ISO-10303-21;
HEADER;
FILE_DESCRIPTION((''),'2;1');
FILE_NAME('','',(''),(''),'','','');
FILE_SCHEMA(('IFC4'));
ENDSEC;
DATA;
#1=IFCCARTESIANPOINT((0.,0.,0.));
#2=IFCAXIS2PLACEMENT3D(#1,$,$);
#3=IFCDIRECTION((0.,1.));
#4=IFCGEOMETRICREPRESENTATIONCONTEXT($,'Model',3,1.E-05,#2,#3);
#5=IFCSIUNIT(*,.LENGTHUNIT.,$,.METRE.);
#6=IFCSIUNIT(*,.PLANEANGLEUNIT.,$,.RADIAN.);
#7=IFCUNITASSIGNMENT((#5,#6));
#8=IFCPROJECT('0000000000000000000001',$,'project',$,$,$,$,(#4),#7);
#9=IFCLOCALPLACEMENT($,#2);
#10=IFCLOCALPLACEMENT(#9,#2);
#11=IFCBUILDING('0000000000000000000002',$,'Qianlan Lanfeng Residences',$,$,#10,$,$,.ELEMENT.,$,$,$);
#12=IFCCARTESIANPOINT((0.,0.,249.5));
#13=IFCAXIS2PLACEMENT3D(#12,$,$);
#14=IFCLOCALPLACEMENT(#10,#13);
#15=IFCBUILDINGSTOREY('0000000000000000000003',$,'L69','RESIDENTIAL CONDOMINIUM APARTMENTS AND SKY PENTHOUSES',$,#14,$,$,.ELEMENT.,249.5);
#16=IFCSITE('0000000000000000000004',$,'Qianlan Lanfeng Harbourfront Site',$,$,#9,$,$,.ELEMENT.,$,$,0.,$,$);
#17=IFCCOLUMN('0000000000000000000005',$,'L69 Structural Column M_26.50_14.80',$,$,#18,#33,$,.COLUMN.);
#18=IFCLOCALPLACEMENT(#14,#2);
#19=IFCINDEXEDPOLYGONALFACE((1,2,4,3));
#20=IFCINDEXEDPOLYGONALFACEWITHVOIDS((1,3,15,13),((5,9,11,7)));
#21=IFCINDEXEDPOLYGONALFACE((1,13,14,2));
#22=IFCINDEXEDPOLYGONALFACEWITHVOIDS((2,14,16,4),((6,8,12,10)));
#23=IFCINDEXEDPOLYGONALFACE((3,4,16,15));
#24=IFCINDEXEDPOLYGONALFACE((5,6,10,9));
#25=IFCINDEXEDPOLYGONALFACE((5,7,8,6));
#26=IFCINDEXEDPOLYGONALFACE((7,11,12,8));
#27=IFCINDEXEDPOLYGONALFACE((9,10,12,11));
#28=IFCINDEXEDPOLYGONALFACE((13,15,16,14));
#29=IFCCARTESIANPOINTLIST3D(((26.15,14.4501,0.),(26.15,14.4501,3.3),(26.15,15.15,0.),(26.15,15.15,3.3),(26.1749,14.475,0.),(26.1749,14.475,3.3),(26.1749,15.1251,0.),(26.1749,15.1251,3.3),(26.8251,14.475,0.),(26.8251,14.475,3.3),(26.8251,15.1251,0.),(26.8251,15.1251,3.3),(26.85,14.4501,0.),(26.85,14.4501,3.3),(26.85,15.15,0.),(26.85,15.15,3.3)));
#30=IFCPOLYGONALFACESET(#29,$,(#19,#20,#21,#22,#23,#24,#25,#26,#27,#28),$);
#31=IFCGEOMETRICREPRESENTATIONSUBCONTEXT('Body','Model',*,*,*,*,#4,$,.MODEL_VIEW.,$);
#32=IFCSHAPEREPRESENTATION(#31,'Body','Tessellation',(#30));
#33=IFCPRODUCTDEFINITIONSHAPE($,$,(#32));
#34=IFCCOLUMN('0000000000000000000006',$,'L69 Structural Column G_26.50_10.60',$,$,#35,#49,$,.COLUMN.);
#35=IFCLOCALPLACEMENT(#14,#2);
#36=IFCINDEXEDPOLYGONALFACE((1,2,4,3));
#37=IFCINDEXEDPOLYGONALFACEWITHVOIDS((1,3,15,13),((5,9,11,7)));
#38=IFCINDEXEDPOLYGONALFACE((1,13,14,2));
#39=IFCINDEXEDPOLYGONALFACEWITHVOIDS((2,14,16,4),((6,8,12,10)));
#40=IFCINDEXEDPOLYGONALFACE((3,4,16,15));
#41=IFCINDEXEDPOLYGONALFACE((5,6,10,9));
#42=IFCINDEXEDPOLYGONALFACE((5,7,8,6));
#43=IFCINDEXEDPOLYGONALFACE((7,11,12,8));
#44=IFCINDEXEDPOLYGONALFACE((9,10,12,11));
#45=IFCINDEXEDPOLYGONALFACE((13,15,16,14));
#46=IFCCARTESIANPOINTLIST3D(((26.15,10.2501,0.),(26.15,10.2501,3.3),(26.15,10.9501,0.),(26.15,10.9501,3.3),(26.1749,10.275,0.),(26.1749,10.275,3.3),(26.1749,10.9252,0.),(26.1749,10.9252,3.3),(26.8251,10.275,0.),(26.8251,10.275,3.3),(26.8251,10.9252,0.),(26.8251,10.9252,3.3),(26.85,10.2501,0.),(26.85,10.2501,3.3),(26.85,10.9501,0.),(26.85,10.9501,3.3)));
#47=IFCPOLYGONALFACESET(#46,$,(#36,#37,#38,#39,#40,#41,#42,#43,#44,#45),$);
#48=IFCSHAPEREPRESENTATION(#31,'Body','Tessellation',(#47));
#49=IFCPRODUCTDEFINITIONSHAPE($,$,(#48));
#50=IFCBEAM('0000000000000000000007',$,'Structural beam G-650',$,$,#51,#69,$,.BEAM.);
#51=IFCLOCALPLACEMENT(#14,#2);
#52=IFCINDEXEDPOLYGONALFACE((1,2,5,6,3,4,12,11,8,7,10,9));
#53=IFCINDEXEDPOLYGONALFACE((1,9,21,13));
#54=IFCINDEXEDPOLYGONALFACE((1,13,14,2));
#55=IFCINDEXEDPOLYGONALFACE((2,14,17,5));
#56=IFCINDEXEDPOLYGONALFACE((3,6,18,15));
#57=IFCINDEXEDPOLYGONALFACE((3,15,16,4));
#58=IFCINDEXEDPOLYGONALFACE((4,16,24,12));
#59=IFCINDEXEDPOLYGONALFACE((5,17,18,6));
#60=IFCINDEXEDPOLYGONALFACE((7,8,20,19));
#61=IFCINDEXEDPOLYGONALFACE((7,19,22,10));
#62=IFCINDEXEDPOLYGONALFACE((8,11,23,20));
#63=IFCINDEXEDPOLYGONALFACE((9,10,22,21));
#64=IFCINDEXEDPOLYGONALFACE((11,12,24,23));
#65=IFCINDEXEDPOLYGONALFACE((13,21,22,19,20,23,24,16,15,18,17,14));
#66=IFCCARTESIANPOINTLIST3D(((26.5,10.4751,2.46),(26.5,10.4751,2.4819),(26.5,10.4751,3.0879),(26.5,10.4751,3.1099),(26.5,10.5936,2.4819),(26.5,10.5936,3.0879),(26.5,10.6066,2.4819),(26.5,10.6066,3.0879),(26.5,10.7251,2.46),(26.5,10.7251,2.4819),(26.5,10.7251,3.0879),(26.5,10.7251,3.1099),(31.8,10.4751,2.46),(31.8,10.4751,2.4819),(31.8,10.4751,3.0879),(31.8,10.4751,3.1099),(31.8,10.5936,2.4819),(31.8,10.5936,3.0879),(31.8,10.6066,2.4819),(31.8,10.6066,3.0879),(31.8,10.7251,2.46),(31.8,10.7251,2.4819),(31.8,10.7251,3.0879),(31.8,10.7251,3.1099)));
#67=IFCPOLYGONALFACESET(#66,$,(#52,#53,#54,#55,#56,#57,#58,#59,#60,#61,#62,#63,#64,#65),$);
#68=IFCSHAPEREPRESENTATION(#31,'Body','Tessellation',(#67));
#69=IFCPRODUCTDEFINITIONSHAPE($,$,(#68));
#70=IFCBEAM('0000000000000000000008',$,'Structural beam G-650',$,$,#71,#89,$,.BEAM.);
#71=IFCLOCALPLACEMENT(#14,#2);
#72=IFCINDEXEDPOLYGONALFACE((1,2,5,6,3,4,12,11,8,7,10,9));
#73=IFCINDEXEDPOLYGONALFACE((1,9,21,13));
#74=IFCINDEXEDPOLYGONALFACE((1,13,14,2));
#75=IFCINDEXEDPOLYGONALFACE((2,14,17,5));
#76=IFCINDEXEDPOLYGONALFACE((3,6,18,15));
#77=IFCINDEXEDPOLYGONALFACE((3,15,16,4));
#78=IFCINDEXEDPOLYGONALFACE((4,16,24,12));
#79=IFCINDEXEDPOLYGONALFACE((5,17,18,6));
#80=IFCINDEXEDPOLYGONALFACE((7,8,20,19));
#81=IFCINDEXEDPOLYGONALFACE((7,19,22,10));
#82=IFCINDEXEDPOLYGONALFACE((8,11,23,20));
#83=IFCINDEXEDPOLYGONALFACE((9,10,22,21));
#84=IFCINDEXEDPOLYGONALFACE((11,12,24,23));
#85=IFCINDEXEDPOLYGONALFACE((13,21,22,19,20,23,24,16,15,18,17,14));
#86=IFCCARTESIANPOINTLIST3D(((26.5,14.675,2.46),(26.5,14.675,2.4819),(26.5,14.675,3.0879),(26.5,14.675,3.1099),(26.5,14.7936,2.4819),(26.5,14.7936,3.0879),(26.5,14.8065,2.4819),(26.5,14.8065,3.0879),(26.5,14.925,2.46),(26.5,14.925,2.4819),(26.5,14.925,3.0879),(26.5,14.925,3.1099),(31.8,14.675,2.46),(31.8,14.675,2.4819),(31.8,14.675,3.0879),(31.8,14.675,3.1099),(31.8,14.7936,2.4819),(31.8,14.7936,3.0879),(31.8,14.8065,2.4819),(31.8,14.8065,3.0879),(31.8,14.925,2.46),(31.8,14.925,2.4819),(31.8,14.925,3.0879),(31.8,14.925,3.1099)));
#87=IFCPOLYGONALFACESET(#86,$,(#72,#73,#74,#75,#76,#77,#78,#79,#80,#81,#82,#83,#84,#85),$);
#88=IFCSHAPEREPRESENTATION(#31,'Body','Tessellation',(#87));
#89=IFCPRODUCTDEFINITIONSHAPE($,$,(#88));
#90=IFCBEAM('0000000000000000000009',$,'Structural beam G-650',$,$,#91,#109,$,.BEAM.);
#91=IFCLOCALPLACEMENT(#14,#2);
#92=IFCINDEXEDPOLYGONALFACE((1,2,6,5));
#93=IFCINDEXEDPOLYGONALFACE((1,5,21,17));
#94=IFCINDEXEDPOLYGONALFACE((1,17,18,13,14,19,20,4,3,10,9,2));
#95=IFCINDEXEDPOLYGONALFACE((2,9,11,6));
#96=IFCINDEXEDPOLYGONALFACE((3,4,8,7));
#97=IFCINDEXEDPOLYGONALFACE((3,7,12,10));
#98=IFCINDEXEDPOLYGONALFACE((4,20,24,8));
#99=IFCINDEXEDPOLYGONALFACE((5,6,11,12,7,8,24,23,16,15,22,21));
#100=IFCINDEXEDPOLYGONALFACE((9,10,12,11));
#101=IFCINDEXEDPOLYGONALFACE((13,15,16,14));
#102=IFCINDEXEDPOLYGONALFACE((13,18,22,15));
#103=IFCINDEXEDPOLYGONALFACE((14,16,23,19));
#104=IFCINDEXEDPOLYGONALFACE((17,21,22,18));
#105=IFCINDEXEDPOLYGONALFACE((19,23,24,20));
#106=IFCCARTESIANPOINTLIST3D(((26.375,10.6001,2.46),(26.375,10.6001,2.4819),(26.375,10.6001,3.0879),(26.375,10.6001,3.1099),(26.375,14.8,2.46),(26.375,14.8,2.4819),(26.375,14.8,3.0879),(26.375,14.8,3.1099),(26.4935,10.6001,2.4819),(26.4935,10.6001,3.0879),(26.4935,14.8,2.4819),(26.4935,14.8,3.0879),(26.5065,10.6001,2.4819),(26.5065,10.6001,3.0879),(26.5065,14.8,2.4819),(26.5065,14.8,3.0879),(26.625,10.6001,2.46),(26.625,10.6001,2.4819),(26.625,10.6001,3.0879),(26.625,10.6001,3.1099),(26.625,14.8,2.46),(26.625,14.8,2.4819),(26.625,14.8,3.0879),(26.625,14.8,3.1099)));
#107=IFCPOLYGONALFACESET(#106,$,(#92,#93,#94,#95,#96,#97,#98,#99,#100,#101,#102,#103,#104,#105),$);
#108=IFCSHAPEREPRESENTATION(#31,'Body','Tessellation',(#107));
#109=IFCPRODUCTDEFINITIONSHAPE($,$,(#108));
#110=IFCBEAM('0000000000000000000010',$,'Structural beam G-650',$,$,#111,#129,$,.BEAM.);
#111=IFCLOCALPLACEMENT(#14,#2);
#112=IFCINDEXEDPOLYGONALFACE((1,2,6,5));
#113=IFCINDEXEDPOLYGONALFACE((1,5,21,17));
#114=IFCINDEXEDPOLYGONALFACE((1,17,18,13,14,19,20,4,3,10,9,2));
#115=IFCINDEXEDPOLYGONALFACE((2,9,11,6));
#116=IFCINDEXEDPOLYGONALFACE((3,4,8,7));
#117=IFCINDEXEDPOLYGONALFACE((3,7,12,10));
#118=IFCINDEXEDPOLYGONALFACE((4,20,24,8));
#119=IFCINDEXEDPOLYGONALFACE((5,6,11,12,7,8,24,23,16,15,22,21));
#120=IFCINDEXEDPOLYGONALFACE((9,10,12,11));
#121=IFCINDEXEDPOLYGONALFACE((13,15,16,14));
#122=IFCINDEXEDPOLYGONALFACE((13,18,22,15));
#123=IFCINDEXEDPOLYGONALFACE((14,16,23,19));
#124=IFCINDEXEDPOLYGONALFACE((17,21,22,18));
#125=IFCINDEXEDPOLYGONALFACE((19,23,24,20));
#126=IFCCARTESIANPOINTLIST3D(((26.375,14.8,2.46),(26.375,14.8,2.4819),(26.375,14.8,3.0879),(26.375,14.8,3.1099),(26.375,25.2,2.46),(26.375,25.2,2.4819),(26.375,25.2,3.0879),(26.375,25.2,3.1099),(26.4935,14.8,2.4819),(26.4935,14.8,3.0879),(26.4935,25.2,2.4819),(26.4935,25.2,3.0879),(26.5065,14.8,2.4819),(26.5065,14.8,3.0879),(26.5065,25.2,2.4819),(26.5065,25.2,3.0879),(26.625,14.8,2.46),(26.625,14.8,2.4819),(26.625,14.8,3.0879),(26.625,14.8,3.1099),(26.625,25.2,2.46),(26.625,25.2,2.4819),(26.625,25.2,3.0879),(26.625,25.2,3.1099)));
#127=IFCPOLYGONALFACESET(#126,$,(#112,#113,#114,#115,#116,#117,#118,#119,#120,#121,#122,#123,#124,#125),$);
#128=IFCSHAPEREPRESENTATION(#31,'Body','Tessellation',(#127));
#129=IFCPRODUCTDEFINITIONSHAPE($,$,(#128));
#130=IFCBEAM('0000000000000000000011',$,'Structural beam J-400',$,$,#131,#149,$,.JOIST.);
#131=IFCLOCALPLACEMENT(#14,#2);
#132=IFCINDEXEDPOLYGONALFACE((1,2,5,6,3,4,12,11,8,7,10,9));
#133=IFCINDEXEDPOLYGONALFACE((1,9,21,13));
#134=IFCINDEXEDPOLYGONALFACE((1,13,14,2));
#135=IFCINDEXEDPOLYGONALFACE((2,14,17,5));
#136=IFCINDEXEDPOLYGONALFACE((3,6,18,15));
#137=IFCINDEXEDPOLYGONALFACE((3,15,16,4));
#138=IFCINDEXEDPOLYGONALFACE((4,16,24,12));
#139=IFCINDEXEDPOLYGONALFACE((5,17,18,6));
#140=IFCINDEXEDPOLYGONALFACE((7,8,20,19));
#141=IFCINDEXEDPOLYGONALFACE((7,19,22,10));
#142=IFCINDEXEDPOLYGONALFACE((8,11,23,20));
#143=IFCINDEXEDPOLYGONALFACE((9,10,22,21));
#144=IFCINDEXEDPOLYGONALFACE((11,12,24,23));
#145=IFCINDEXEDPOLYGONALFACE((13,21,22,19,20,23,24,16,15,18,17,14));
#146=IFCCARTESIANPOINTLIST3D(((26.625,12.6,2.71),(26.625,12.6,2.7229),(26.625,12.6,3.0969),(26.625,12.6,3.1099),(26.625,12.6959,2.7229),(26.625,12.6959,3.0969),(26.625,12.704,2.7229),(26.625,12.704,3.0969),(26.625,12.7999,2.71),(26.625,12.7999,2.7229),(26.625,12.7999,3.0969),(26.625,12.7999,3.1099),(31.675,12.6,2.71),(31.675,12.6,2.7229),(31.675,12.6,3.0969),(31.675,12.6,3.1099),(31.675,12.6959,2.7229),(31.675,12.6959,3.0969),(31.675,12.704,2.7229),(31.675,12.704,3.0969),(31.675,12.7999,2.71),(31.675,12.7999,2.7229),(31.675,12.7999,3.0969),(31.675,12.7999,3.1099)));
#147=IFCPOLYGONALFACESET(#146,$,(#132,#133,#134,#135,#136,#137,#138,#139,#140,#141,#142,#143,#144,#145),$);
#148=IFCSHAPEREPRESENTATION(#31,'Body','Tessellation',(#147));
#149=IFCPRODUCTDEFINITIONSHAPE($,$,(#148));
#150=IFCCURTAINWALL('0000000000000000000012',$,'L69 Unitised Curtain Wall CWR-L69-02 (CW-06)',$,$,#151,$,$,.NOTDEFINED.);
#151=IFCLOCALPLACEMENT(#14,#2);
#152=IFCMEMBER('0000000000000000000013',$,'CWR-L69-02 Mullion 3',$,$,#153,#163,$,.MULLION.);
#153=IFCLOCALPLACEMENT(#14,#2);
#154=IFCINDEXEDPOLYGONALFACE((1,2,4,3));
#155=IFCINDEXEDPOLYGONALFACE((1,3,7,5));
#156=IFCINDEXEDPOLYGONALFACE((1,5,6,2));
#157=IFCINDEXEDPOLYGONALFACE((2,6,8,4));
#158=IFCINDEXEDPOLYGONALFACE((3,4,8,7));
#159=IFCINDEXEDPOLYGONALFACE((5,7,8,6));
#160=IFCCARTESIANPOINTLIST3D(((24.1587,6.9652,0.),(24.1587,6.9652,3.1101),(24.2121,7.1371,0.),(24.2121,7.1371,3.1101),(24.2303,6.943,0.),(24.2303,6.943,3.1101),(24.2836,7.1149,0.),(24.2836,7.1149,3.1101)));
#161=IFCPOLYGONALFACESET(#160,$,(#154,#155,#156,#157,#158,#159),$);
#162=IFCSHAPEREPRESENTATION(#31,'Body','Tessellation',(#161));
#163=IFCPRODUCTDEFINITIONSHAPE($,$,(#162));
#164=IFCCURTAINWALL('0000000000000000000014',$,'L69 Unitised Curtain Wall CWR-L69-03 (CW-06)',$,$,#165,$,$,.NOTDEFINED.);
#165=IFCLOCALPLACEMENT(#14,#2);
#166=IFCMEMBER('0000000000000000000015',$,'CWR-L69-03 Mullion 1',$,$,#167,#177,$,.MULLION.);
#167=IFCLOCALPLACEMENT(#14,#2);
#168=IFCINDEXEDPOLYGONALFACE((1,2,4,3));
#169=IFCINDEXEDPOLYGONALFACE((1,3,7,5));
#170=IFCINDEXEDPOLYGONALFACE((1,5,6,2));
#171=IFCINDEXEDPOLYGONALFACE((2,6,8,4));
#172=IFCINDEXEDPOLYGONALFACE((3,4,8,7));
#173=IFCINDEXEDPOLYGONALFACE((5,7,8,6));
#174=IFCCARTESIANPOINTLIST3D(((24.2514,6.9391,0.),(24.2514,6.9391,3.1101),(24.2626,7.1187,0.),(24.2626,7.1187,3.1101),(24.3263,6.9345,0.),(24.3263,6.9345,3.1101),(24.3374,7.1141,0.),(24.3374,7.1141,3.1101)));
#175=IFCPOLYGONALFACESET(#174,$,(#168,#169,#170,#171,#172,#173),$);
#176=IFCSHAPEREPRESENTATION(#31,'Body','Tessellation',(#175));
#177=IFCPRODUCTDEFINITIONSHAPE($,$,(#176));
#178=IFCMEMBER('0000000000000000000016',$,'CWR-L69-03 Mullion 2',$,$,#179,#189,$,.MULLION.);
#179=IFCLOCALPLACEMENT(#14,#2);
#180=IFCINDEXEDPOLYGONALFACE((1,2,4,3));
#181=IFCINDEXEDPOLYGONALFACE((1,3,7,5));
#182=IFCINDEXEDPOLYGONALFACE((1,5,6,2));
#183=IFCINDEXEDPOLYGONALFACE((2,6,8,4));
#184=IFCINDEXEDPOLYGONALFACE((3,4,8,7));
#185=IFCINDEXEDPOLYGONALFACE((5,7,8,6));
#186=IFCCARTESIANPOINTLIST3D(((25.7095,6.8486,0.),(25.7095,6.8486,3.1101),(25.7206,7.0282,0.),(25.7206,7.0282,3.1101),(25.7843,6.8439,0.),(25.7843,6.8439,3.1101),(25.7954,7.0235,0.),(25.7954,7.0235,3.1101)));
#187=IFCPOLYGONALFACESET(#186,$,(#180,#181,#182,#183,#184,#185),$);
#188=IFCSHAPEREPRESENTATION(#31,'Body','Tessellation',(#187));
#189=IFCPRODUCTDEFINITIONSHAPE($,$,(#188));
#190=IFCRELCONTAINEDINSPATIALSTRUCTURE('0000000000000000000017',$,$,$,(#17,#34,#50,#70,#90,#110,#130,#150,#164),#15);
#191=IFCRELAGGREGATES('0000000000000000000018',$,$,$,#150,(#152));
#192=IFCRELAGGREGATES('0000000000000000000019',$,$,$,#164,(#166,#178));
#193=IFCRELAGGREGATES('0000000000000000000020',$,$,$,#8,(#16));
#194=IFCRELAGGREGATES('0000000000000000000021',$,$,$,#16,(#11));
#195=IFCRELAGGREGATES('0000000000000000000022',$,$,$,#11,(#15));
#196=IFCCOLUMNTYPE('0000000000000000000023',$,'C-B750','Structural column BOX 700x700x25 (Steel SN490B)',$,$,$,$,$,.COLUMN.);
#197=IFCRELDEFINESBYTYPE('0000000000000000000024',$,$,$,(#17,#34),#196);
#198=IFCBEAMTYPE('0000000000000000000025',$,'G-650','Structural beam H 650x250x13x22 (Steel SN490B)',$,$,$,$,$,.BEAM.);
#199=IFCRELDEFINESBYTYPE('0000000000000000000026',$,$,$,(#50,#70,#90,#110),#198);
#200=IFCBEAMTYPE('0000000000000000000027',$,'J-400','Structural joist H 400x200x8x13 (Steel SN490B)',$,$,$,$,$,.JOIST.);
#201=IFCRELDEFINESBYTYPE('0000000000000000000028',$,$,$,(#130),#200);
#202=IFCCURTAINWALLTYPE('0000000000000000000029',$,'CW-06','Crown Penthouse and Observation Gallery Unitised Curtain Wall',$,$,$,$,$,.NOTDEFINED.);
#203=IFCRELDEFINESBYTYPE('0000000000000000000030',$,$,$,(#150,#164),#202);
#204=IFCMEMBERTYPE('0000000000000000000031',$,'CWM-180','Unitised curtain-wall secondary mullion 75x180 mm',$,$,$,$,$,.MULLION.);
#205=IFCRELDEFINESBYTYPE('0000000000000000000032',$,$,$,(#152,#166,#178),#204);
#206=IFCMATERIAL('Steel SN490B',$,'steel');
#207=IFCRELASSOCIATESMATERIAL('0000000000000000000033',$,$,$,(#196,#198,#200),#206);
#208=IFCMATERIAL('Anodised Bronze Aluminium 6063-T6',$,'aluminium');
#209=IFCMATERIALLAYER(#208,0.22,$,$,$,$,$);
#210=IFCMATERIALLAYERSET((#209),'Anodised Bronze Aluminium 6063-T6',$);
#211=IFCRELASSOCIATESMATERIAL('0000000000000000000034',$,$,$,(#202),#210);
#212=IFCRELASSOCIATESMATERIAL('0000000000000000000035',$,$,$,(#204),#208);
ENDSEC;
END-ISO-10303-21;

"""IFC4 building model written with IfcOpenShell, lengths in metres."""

from ifc_helpers import new_model, si_unit, direction, frame, origin, origin_2d, place, context, subcontext, project, spatial, rectangle, hollow_rectangle, i_section, extrude, source, transform, mapped, material, layer, layer_set, material_profile, profile_set, type_object, element, aggregate, save


model = new_model("IFC4")

# Units and contexts
model_context = context("Model", 3, precision=1e-05, world=origin(), true_north=direction((0.0, 1.0)))
body_context = subcontext(model_context, "Body", "Model", "MODEL_VIEW")
ifc_project = project(units=[si_unit("LENGTHUNIT", "METRE"), si_unit("PLANEANGLEUNIT", "RADIAN")], contexts=[model_context])

# Site, building, storey
site_placement = place(None, origin())
site = spatial("IfcSite", under=ifc_project, at=site_placement, Name="Qianlan Lanfeng Harbourfront Site", CompositionType="ELEMENT", RefElevation=0.0)
building_placement = place(site_placement, origin())
building = spatial("IfcBuilding", under=site, at=building_placement, Name="Qianlan Lanfeng Residences", CompositionType="ELEMENT")
storey_placement = place(building_placement, frame((0.0, 0.0, 249.5)))
storey = spatial("IfcBuildingStorey", under=building, at=storey_placement, Name="L69", Description="RESIDENTIAL CONDOMINIUM APARTMENTS AND SKY PENTHOUSES", CompositionType="ELEMENT", Elevation=249.5)

# Columns
ifc_material_1 = material(Name="Steel SN490B", Category="steel")
ifc_material_profile_1 = material_profile(ifc_material_1, hollow_rectangle(XDim=0.7, YDim=0.7, WallThickness=0.0249, at=origin_2d()), Name="BOX 700x700x25")
ifc_profile_set_1 = profile_set([ifc_material_profile_1], Name="Steel SN490B")
column_type = type_object("IfcColumnType", Name="C-B750", Description="Structural column BOX 700x700x25 (Steel SN490B)", PredefinedType="COLUMN", material=ifc_profile_set_1)
for number, where, z_axis, x_axis, name in (
    (1, (26.5, 14.8, 0.0), (0.0, 0.0, 1.0), (1.0, 0.0, 0.0), "L69 Structural Column M_26.50_14.80"),
    (2, (26.5, 10.6001, 0.0), (0.0, 0.0, 1.0), (1.0, 0.0, 0.0), "L69 Structural Column G_26.50_10.60"),
):
    element("IfcColumn", number, at=place(storey_placement, frame(where, z_axis=z_axis, x_axis=x_axis)), inside=storey, type_object=column_type, Name=name, PredefinedType="COLUMN", context=body_context, shape_type="SweptSolid", body=[
        extrude(hollow_rectangle(XDim=0.7, YDim=0.7, WallThickness=0.0249, at=origin_2d()), origin(), (0.0, 0.0, 1.0), 3.3),
    ])

# Beams
ifc_material_profile_2 = material_profile(ifc_material_1, i_section(OverallWidth=0.25, OverallDepth=0.6499, WebThickness=0.0129, FlangeThickness=0.022, at=origin_2d()), Name="H 650x250x13x22")
ifc_profile_set_2 = profile_set([ifc_material_profile_2], Name="Steel SN490B")
beam_type_1 = type_object("IfcBeamType", Name="G-650", Description="Structural beam H 650x250x13x22 (Steel SN490B)", PredefinedType="BEAM", material=ifc_profile_set_2)
for number, where, z_axis, x_axis, name in (
    (3, (26.5, 10.6001, 2.7849), (1.0, 0.0, 0.0), (0.0, 1.0, 0.0), "Structural beam G-650"),
    (4, (26.5, 14.8, 2.7849), (1.0, 0.0, 0.0), (0.0, 1.0, 0.0), "Structural beam G-650"),
):
    element("IfcBeam", number, at=place(storey_placement, frame(where, z_axis=z_axis, x_axis=x_axis)), inside=storey, type_object=beam_type_1, Name=name, PredefinedType="BEAM", context=body_context, shape_type="SweptSolid", body=[
        extrude(i_section(OverallWidth=0.25, OverallDepth=0.6499, WebThickness=0.0129, FlangeThickness=0.022, at=origin_2d()), origin(), (0.0, 0.0, 1.0), 5.3),
    ])
beam_1_placement = place(storey_placement, frame((26.5, 10.6001, 2.7849), z_axis=(0.0, 1.0, 0.0), x_axis=(-1.0, 0.0, 0.0)))
element("IfcBeam", 5, at=beam_1_placement, inside=storey, type_object=beam_type_1, Name="Structural beam G-650", PredefinedType="BEAM", context=body_context, shape_type="SweptSolid", body=[
    extrude(i_section(OverallWidth=0.25, OverallDepth=0.6499, WebThickness=0.0129, FlangeThickness=0.022, at=origin_2d()), origin(), (0.0, 0.0, 1.0), 4.2),
])
beam_2_placement = place(storey_placement, frame((26.5, 14.8, 2.7849), z_axis=(0.0, 1.0, 0.0), x_axis=(-1.0, 0.0, 0.0)))
element("IfcBeam", 6, at=beam_2_placement, inside=storey, type_object=beam_type_1, Name="Structural beam G-650", PredefinedType="BEAM", context=body_context, shape_type="SweptSolid", body=[
    extrude(i_section(OverallWidth=0.25, OverallDepth=0.6499, WebThickness=0.0129, FlangeThickness=0.022, at=origin_2d()), origin(), (0.0, 0.0, 1.0), 10.3999),
])
ifc_material_profile_3 = material_profile(ifc_material_1, i_section(OverallWidth=0.2, OverallDepth=0.3999, WebThickness=0.0081, FlangeThickness=0.0129, at=origin_2d()), Name="H 400x200x8x13")
ifc_profile_set_3 = profile_set([ifc_material_profile_3], Name="Steel SN490B")
beam_type_2 = type_object("IfcBeamType", Name="J-400", Description="Structural joist H 400x200x8x13 (Steel SN490B)", PredefinedType="JOIST", material=ifc_profile_set_3)
beam_3_placement = place(storey_placement, frame((26.625, 12.7, 2.9099), z_axis=(1.0, 0.0, 0.0), x_axis=(0.0, 1.0, 0.0)))
element("IfcBeam", 7, at=beam_3_placement, inside=storey, type_object=beam_type_2, Name="Structural beam J-400", PredefinedType="JOIST", context=body_context, shape_type="SweptSolid", body=[
    extrude(i_section(OverallWidth=0.2, OverallDepth=0.3999, WebThickness=0.0081, FlangeThickness=0.0129, at=origin_2d()), origin(), (0.0, 0.0, 1.0), 5.05),
])

# Curtain wall, member
ifc_material_2 = material(Name="Anodised Bronze Aluminium 6063-T6", Category="aluminium")
ifc_layer_1 = layer(ifc_material_2, 0.22)
ifc_layer_set_1 = layer_set([ifc_layer_1], Name="Anodised Bronze Aluminium 6063-T6")
curtain_wall_type = type_object("IfcCurtainWallType", Name="CW-06", Description="Crown Penthouse and Observation Gallery Unitised Curtain Wall", PredefinedType="NOTDEFINED", material=ifc_layer_set_1)
curtain_wall_1_placement = place(storey_placement, origin())
curtain_wall_1 = element("IfcCurtainWall", 8, at=curtain_wall_1_placement, inside=storey, type_object=curtain_wall_type, Name="L69 Unitised Curtain Wall CWR-L69-02 (CW-06)", PredefinedType="NOTDEFINED")
ifc_material_profile_4 = material_profile(ifc_material_2, rectangle(XDim=0.075, YDim=0.1799, at=origin_2d()), Name="ALU MULLION 75x180")
ifc_profile_set_4 = profile_set([ifc_material_profile_4], Name="Anodised Bronze Aluminium 6063-T6")
member_type_1 = type_object("IfcMemberType", Name="CWM-180", Description="Unitised curtain-wall secondary mullion 75x180 mm", PredefinedType="MULLION", material=ifc_profile_set_4)
shared_shape_1 = source(origin(), body_context, "Body", "SweptSolid", [
    extrude(rectangle(XDim=0.075, YDim=0.1799, at=origin_2d()), origin(), (0.0, 0.0, 1.0), 3.1101),
])
member_1_placement = place(storey_placement, frame((24.2212, 7.04, 0.0), z_axis=(0.0, 0.0, 1.0), x_axis=(0.95508, -0.296348, 0.0)))
member_1 = element("IfcMember", 9, at=member_1_placement, type_object=member_type_1, Name="CWR-L69-02 Mullion 3", PredefinedType="MULLION", context=body_context, shape_type="MappedRepresentation", body=[
    mapped(shared_shape_1, transform((0.0, 0.0, 0.0), scale=1.0)),
])

# Curtain wall, members
curtain_wall_2_placement = place(storey_placement, origin())
curtain_wall_2 = element("IfcCurtainWall", 10, at=curtain_wall_2_placement, inside=storey, type_object=curtain_wall_type, Name="L69 Unitised Curtain Wall CWR-L69-03 (CW-06)", PredefinedType="NOTDEFINED")
member_2_placement = place(storey_placement, frame((24.2944, 7.0266, 0.0), z_axis=(0.0, 0.0, 1.0), x_axis=(0.998072, -0.062066, 0.0)))
member_2 = element("IfcMember", 11, at=member_2_placement, type_object=member_type_1, Name="CWR-L69-03 Mullion 1", PredefinedType="MULLION", context=body_context, shape_type="MappedRepresentation", body=[
    mapped(shared_shape_1, transform((0.0, 0.0, 0.0), scale=1.0)),
])
member_3_placement = place(storey_placement, frame((25.7524, 6.936, 0.0), z_axis=(0.0, 0.0, 1.0), x_axis=(0.998072, -0.062066, 0.0)))
member_3 = element("IfcMember", 12, at=member_3_placement, type_object=member_type_1, Name="CWR-L69-03 Mullion 2", PredefinedType="MULLION", context=body_context, shape_type="MappedRepresentation", body=[
    mapped(shared_shape_1, transform((0.0, 0.0, 0.0), scale=1.0)),
])

aggregate(curtain_wall_1, [member_1])
aggregate(curtain_wall_2, [member_2, member_3])

save(model, "model.ifc")
